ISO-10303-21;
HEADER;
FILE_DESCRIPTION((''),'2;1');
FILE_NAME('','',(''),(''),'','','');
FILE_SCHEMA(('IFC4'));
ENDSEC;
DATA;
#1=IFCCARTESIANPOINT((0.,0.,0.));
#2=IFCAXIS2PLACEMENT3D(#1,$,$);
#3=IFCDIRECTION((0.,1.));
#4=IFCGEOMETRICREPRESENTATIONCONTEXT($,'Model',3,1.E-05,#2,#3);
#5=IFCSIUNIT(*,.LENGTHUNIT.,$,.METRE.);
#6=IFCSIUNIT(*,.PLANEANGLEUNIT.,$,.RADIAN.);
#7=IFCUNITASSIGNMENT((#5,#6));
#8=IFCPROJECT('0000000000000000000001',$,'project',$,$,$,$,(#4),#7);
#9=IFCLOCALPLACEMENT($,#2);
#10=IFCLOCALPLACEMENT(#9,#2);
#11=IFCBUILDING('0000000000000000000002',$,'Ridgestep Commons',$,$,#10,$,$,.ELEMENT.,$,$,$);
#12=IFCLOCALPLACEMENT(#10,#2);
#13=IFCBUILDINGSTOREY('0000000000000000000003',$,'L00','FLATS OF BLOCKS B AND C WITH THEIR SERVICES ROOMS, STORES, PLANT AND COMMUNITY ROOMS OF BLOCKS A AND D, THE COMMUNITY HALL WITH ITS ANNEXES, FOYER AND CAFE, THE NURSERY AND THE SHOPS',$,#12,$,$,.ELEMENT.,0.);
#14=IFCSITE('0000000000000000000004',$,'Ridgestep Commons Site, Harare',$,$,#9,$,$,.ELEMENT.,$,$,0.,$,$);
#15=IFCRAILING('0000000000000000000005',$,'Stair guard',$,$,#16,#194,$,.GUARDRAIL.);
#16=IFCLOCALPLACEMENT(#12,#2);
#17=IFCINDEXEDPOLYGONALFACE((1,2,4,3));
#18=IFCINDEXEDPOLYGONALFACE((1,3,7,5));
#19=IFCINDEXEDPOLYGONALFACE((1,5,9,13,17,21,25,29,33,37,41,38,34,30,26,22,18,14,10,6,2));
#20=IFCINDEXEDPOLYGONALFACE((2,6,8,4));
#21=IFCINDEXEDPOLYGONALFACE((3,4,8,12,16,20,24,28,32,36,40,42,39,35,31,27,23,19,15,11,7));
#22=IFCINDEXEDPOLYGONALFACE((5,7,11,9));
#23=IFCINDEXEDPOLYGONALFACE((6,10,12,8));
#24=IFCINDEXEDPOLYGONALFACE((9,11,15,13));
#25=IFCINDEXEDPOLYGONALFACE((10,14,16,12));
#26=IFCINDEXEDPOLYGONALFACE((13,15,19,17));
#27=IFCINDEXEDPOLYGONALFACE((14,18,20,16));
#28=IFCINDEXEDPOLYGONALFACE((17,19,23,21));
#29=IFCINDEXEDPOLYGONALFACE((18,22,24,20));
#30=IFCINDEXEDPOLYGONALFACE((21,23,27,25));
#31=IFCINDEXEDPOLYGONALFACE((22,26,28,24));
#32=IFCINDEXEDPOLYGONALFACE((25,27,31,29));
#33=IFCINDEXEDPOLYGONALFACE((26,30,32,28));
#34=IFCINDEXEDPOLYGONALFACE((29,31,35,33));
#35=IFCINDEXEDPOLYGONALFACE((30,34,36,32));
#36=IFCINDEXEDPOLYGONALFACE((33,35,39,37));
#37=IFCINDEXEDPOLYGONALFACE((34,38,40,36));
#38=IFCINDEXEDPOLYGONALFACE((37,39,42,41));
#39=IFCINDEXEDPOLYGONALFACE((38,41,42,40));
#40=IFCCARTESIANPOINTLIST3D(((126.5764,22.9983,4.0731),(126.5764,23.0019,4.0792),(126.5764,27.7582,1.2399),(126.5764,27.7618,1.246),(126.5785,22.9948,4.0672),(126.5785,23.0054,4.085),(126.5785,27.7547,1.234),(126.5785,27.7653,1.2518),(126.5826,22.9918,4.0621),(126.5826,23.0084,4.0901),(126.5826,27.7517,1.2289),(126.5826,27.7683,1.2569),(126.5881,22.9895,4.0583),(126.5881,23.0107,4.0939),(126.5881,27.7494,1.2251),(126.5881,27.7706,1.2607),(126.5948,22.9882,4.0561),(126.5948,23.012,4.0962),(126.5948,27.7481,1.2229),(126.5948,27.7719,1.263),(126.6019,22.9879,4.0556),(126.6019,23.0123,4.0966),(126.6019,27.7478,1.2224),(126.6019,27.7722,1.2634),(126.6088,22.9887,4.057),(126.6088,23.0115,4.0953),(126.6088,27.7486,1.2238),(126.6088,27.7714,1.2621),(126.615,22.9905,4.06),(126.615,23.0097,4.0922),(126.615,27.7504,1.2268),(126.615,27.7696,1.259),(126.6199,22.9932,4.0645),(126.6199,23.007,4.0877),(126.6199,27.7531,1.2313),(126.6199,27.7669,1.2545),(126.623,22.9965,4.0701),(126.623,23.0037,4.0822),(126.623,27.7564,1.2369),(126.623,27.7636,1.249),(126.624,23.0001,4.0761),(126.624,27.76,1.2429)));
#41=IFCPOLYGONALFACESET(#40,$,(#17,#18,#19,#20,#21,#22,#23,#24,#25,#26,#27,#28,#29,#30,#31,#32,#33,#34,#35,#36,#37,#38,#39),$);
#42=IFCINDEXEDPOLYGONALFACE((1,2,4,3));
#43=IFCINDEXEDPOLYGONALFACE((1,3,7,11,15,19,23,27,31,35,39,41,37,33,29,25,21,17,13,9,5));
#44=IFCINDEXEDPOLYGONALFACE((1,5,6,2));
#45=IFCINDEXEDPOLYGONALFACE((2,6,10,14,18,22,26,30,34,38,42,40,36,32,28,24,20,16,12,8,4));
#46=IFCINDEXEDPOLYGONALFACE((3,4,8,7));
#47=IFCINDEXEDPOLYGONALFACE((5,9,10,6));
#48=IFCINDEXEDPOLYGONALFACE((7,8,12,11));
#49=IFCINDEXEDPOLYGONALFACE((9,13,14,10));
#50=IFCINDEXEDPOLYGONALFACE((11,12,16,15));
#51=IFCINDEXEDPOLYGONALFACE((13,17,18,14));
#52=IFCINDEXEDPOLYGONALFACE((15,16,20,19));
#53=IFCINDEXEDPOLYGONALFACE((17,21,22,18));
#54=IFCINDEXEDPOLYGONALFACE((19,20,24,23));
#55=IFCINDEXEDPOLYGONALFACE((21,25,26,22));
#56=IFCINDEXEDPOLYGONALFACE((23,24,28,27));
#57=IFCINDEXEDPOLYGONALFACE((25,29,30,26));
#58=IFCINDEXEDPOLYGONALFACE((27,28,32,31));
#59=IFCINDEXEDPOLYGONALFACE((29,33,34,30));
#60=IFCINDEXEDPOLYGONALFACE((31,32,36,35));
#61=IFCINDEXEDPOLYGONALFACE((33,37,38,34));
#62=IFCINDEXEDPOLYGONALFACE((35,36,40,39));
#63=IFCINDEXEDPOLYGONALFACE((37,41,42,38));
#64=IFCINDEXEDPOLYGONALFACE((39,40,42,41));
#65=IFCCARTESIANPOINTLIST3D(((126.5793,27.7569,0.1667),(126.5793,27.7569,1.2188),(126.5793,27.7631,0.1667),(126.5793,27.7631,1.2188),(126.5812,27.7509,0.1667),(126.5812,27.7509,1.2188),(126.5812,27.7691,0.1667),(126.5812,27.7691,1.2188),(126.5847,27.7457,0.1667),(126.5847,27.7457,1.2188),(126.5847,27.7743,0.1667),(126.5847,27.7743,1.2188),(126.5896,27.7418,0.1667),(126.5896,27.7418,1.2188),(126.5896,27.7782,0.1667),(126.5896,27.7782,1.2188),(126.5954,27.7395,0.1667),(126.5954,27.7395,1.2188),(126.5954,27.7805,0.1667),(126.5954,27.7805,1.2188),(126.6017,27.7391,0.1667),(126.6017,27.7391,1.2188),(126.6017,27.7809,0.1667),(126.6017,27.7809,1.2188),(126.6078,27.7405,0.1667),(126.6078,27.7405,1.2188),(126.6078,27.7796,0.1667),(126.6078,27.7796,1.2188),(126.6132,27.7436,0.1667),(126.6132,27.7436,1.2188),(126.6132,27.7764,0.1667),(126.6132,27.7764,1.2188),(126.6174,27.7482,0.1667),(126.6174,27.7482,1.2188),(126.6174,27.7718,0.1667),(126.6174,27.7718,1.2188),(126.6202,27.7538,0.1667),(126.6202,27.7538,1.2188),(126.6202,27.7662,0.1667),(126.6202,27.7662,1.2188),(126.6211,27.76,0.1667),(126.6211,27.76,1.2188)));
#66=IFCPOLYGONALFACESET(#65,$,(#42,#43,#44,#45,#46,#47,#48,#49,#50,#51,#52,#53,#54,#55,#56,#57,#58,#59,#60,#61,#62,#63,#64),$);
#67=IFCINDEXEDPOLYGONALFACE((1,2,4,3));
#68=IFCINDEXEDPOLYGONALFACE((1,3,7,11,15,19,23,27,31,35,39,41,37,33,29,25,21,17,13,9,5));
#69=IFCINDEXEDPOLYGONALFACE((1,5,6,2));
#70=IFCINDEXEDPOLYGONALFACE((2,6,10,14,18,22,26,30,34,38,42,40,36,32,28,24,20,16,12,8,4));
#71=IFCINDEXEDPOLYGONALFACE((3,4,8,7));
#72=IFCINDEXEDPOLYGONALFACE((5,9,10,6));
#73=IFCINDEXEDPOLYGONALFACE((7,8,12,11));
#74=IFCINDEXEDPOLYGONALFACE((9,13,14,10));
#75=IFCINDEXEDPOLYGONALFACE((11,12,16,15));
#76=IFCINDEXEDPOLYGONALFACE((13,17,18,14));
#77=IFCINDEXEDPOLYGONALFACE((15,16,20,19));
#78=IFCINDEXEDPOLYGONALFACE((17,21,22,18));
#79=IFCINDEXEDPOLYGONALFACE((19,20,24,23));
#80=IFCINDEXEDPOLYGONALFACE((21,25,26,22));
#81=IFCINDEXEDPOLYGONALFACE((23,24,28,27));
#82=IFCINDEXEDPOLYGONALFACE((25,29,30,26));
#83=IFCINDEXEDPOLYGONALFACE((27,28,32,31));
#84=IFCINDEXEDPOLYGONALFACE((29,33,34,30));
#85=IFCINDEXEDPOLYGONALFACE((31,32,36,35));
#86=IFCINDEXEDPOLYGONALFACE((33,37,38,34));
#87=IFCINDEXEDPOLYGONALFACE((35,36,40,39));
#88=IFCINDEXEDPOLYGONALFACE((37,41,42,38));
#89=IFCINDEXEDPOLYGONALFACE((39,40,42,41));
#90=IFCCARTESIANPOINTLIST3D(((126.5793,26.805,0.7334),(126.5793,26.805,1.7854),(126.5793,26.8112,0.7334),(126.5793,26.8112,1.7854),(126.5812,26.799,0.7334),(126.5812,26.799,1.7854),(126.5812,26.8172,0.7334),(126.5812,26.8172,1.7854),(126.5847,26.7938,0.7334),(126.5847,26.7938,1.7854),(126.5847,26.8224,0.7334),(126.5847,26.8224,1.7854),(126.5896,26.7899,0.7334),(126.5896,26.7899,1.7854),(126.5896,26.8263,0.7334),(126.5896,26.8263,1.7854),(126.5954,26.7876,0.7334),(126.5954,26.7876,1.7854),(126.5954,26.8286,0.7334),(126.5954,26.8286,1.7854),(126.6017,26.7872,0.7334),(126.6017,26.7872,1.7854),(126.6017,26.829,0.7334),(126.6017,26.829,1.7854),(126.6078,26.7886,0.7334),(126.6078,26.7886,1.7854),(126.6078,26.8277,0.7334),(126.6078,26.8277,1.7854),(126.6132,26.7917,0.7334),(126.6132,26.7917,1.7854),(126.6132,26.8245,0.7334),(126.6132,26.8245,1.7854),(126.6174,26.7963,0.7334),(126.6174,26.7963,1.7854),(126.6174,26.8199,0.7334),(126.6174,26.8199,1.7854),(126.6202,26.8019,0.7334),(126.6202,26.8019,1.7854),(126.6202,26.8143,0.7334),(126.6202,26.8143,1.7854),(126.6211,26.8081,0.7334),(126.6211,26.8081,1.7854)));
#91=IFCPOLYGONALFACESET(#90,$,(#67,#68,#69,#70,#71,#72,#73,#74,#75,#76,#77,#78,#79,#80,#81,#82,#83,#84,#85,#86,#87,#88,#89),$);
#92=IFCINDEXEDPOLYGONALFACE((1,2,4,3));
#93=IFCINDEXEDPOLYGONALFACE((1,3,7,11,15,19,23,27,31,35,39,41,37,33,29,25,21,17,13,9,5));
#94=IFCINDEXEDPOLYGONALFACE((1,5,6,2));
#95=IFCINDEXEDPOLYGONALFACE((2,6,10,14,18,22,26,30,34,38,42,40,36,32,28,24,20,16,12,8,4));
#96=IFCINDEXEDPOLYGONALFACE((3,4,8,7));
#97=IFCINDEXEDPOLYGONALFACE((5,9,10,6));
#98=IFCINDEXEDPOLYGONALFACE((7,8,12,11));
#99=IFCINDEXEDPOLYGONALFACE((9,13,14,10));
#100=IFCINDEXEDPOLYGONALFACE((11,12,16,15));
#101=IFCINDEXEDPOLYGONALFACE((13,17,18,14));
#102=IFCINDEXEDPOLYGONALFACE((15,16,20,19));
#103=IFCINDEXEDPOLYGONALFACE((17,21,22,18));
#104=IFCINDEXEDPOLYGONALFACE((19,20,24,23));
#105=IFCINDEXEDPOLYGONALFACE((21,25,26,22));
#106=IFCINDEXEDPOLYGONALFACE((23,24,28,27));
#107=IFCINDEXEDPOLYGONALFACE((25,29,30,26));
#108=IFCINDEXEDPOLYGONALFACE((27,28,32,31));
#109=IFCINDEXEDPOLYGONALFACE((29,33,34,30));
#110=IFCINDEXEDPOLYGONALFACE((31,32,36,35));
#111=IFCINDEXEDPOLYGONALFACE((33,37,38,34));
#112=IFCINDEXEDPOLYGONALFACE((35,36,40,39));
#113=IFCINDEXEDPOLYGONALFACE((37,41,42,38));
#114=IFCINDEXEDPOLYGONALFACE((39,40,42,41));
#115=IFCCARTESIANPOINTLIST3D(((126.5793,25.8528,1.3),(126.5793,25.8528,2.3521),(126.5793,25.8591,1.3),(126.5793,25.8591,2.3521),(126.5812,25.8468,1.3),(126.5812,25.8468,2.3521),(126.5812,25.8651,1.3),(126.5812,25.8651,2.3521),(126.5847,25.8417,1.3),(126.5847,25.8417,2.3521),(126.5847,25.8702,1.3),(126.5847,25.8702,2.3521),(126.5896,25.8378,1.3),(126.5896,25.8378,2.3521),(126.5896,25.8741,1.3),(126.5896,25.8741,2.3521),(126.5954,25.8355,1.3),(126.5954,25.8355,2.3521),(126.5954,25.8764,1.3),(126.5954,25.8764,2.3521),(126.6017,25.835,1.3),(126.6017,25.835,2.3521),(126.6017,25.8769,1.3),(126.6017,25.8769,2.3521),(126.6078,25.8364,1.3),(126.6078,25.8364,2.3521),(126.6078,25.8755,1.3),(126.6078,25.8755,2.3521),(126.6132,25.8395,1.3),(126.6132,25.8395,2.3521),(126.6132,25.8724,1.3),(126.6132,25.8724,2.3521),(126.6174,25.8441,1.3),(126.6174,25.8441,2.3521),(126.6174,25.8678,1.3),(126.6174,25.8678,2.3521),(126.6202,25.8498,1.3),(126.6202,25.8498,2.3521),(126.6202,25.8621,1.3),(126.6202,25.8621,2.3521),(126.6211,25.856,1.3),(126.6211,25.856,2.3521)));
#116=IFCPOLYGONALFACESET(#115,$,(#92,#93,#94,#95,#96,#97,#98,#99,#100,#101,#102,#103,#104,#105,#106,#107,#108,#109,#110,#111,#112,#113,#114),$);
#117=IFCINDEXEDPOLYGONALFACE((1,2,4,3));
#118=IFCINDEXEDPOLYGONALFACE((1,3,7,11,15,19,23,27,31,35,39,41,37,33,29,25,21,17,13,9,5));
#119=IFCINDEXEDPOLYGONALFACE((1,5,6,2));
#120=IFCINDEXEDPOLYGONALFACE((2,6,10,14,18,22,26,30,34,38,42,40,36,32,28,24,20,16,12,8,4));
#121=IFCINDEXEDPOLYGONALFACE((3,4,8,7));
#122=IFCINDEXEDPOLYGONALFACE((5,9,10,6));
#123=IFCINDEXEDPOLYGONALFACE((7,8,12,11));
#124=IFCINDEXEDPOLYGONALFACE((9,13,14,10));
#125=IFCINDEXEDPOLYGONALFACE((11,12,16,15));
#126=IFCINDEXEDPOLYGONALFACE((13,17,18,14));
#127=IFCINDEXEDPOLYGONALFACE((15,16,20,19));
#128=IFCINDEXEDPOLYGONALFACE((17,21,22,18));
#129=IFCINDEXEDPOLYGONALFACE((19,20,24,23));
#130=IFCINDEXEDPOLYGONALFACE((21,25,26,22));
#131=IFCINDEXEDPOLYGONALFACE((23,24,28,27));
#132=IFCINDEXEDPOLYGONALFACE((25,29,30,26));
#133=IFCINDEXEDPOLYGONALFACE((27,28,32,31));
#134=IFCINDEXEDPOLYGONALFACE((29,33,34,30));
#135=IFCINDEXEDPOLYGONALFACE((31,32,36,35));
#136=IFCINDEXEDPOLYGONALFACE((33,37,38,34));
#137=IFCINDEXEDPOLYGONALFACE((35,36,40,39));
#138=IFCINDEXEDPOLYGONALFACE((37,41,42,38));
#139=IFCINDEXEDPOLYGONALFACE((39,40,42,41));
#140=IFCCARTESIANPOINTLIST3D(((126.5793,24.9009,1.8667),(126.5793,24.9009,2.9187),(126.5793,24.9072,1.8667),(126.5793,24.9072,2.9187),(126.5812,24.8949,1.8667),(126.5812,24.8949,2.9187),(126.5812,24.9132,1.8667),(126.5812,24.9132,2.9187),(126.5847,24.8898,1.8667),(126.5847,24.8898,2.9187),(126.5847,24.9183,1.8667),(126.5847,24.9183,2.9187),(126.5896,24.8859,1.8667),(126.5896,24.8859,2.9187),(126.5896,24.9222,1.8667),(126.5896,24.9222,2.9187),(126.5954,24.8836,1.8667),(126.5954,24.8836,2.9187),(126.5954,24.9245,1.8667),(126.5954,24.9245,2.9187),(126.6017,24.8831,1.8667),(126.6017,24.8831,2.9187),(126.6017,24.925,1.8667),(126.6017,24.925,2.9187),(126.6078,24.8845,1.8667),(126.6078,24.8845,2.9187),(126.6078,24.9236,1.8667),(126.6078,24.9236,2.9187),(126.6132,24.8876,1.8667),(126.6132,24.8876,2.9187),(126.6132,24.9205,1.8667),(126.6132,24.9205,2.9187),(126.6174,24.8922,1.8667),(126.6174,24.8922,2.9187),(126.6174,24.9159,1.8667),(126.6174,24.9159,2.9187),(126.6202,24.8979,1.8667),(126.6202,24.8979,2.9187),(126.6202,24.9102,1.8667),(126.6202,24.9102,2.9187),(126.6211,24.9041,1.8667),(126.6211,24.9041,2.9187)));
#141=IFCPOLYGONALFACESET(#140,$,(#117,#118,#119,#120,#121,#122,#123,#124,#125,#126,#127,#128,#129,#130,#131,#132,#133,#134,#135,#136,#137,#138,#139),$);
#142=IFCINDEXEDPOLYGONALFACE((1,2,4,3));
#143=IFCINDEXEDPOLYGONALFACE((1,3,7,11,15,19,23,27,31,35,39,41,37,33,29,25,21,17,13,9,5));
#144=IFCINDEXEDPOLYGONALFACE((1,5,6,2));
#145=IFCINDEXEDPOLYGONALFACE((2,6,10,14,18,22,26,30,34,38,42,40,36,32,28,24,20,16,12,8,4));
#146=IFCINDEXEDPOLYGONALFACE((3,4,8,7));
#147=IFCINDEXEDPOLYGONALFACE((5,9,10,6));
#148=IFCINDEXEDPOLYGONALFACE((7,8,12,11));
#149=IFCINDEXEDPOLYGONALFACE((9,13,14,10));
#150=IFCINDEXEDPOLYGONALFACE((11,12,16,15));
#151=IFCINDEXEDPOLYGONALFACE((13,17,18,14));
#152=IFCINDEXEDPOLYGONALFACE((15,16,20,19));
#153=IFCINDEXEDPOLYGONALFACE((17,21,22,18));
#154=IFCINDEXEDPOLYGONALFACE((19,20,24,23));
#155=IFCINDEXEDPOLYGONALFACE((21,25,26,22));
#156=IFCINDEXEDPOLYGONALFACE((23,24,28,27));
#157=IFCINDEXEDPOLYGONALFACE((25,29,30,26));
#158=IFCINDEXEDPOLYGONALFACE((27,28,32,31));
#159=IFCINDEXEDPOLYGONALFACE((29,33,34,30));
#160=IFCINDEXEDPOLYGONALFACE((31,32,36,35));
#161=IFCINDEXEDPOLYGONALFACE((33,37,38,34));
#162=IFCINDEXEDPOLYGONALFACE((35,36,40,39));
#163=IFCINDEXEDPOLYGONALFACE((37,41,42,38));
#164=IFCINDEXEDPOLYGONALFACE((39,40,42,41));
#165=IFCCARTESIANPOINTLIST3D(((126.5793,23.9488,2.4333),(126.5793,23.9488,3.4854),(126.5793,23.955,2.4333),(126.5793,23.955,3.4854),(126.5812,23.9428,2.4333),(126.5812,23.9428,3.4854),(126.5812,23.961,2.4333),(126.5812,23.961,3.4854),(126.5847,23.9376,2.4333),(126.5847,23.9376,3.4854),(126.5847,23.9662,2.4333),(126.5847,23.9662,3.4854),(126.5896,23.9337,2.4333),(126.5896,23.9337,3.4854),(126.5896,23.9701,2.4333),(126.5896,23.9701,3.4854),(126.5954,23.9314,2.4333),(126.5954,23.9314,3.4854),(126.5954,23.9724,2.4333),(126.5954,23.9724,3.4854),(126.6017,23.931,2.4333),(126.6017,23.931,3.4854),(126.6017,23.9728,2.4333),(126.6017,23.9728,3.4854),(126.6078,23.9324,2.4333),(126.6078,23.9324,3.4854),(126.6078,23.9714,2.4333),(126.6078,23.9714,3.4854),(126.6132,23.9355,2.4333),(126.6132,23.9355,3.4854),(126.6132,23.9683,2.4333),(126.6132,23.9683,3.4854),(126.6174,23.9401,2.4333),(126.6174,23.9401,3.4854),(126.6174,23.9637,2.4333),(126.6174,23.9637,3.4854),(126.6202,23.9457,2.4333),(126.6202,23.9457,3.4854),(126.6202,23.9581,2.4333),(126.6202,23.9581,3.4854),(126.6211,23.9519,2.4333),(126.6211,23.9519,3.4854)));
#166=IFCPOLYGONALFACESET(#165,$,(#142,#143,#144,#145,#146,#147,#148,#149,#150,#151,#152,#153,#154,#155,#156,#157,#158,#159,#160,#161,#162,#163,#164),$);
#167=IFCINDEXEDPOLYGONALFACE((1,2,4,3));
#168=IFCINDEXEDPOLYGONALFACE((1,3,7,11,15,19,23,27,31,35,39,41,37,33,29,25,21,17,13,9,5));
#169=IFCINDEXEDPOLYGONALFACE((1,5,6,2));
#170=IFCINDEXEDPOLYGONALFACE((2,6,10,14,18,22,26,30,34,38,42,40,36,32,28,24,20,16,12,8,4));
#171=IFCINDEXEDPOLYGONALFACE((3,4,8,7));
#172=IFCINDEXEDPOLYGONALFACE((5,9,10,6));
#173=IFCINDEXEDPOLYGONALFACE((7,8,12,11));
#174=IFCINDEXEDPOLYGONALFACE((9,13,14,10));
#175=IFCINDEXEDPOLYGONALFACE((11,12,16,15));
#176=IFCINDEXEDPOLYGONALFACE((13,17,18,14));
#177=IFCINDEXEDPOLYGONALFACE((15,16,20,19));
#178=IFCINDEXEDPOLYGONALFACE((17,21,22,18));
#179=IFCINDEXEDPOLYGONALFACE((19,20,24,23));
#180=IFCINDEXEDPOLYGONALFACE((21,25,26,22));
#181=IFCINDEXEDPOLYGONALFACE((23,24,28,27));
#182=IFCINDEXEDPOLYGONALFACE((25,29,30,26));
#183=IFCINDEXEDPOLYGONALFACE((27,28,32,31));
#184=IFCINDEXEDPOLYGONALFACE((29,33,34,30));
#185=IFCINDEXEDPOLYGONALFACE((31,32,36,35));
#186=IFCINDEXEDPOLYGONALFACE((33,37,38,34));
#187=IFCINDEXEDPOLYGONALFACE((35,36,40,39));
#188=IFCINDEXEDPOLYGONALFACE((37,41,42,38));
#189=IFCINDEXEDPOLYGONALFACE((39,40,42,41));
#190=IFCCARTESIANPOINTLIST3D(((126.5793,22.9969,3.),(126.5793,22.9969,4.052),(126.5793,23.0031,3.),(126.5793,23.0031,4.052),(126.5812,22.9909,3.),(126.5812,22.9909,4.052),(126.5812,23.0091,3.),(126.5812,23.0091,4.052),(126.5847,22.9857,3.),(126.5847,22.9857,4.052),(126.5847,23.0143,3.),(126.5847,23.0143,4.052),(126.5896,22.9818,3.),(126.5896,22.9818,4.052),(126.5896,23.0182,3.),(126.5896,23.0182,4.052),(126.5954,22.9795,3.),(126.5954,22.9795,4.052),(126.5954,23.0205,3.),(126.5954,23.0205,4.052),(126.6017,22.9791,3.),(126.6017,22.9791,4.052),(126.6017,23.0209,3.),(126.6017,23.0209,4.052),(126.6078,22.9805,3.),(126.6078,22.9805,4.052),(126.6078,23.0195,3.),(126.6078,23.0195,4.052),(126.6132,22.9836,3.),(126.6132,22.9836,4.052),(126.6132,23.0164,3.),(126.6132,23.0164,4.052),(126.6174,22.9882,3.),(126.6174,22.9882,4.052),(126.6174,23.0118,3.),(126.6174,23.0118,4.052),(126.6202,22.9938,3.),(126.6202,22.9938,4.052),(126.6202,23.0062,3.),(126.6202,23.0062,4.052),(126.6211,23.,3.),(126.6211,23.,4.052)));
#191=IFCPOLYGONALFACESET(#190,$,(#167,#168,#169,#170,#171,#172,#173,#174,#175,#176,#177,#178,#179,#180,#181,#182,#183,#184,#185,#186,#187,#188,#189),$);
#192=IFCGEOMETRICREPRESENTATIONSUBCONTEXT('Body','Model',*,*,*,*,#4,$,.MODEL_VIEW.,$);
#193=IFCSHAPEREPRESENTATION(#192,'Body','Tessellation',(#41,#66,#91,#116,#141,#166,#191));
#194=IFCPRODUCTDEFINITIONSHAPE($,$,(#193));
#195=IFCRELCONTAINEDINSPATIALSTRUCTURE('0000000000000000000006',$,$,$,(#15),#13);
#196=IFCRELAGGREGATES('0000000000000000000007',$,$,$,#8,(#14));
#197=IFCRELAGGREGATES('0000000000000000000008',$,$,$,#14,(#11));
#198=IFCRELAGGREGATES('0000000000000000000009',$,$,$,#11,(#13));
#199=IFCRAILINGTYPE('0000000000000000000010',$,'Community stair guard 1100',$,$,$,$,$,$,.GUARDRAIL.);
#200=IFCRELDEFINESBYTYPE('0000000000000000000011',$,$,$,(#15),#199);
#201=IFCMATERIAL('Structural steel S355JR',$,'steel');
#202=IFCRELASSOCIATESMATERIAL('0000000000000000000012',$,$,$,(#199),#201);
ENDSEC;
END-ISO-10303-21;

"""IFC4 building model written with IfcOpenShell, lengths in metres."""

from ifc_helpers import new_model, si_unit, direction, frame, origin, origin_2d, place, context, subcontext, project, spatial, circle, extrude, material, type_object, element, save


model = new_model("IFC4")

# Units and contexts
model_context = context("Model", 3, precision=1e-05, world=origin(), true_north=direction((0.0, 1.0)))
body_context = subcontext(model_context, "Body", "Model", "MODEL_VIEW")
ifc_project = project(units=[si_unit("LENGTHUNIT", "METRE"), si_unit("PLANEANGLEUNIT", "RADIAN")], contexts=[model_context])

# Site, building, storey
site_placement = place(None, origin())
site = spatial("IfcSite", under=ifc_project, at=site_placement, Name="Ridgestep Commons Site, Harare", CompositionType="ELEMENT", RefElevation=0.0)
building_placement = place(site_placement, origin())
building = spatial("IfcBuilding", under=site, at=building_placement, Name="Ridgestep Commons", CompositionType="ELEMENT")
storey_placement = place(building_placement, origin())
storey = spatial("IfcBuildingStorey", under=building, at=storey_placement, Name="L00", Description="FLATS OF BLOCKS B AND C WITH THEIR SERVICES ROOMS, STORES, PLANT AND COMMUNITY ROOMS OF BLOCKS A AND D, THE COMMUNITY HALL WITH ITS ANNEXES, FOYER AND CAFE, THE NURSERY AND THE SHOPS", CompositionType="ELEMENT", Elevation=0.0)

# Railing
ifc_material_1 = material(Name="Structural steel S355JR", Category="steel")
railing_type_1 = type_object("IfcRailingType", Name="Community stair guard 1100", PredefinedType="GUARDRAIL", material=ifc_material_1)
for number, where, name in (
    (1, (126.6001, 27.76, 0.1667), "Stair guard"),
):
    element("IfcRailing", number, at=place(storey_placement, frame(where)), inside=storey, type_object=railing_type_1, Name=name, PredefinedType="GUARDRAIL", context=body_context, shape_type="SweptSolid", body=[
        extrude(circle(Radius=0.0239, at=origin_2d()), frame((0.0, 0.0, 1.0762), z_axis=(0.0, -0.8593, 0.511472), x_axis=(1.0, 0.0, 0.0)), (0.0, 0.0, 1.0), 5.5393),
        extrude(circle(Radius=0.021, at=origin_2d()), origin(), (0.0, 0.0, 1.0), 1.052),
        extrude(circle(Radius=0.021, at=origin_2d()), frame((0.0, -0.9519, 0.5667)), (0.0, 0.0, 1.0), 1.052),
        extrude(circle(Radius=0.021, at=origin_2d()), frame((0.0, -1.9041, 1.1333)), (0.0, 0.0, 1.0), 1.052),
        extrude(circle(Radius=0.021, at=origin_2d()), frame((0.0, -2.856, 1.7)), (0.0, 0.0, 1.0), 1.052),
        extrude(circle(Radius=0.021, at=origin_2d()), frame((0.0, -3.8081, 2.2666)), (0.0, 0.0, 1.0), 1.052),
        extrude(circle(Radius=0.021, at=origin_2d()), frame((0.0, -4.76, 2.8333)), (0.0, 0.0, 1.0), 1.052),
    ])

save(model, "model.ifc")
